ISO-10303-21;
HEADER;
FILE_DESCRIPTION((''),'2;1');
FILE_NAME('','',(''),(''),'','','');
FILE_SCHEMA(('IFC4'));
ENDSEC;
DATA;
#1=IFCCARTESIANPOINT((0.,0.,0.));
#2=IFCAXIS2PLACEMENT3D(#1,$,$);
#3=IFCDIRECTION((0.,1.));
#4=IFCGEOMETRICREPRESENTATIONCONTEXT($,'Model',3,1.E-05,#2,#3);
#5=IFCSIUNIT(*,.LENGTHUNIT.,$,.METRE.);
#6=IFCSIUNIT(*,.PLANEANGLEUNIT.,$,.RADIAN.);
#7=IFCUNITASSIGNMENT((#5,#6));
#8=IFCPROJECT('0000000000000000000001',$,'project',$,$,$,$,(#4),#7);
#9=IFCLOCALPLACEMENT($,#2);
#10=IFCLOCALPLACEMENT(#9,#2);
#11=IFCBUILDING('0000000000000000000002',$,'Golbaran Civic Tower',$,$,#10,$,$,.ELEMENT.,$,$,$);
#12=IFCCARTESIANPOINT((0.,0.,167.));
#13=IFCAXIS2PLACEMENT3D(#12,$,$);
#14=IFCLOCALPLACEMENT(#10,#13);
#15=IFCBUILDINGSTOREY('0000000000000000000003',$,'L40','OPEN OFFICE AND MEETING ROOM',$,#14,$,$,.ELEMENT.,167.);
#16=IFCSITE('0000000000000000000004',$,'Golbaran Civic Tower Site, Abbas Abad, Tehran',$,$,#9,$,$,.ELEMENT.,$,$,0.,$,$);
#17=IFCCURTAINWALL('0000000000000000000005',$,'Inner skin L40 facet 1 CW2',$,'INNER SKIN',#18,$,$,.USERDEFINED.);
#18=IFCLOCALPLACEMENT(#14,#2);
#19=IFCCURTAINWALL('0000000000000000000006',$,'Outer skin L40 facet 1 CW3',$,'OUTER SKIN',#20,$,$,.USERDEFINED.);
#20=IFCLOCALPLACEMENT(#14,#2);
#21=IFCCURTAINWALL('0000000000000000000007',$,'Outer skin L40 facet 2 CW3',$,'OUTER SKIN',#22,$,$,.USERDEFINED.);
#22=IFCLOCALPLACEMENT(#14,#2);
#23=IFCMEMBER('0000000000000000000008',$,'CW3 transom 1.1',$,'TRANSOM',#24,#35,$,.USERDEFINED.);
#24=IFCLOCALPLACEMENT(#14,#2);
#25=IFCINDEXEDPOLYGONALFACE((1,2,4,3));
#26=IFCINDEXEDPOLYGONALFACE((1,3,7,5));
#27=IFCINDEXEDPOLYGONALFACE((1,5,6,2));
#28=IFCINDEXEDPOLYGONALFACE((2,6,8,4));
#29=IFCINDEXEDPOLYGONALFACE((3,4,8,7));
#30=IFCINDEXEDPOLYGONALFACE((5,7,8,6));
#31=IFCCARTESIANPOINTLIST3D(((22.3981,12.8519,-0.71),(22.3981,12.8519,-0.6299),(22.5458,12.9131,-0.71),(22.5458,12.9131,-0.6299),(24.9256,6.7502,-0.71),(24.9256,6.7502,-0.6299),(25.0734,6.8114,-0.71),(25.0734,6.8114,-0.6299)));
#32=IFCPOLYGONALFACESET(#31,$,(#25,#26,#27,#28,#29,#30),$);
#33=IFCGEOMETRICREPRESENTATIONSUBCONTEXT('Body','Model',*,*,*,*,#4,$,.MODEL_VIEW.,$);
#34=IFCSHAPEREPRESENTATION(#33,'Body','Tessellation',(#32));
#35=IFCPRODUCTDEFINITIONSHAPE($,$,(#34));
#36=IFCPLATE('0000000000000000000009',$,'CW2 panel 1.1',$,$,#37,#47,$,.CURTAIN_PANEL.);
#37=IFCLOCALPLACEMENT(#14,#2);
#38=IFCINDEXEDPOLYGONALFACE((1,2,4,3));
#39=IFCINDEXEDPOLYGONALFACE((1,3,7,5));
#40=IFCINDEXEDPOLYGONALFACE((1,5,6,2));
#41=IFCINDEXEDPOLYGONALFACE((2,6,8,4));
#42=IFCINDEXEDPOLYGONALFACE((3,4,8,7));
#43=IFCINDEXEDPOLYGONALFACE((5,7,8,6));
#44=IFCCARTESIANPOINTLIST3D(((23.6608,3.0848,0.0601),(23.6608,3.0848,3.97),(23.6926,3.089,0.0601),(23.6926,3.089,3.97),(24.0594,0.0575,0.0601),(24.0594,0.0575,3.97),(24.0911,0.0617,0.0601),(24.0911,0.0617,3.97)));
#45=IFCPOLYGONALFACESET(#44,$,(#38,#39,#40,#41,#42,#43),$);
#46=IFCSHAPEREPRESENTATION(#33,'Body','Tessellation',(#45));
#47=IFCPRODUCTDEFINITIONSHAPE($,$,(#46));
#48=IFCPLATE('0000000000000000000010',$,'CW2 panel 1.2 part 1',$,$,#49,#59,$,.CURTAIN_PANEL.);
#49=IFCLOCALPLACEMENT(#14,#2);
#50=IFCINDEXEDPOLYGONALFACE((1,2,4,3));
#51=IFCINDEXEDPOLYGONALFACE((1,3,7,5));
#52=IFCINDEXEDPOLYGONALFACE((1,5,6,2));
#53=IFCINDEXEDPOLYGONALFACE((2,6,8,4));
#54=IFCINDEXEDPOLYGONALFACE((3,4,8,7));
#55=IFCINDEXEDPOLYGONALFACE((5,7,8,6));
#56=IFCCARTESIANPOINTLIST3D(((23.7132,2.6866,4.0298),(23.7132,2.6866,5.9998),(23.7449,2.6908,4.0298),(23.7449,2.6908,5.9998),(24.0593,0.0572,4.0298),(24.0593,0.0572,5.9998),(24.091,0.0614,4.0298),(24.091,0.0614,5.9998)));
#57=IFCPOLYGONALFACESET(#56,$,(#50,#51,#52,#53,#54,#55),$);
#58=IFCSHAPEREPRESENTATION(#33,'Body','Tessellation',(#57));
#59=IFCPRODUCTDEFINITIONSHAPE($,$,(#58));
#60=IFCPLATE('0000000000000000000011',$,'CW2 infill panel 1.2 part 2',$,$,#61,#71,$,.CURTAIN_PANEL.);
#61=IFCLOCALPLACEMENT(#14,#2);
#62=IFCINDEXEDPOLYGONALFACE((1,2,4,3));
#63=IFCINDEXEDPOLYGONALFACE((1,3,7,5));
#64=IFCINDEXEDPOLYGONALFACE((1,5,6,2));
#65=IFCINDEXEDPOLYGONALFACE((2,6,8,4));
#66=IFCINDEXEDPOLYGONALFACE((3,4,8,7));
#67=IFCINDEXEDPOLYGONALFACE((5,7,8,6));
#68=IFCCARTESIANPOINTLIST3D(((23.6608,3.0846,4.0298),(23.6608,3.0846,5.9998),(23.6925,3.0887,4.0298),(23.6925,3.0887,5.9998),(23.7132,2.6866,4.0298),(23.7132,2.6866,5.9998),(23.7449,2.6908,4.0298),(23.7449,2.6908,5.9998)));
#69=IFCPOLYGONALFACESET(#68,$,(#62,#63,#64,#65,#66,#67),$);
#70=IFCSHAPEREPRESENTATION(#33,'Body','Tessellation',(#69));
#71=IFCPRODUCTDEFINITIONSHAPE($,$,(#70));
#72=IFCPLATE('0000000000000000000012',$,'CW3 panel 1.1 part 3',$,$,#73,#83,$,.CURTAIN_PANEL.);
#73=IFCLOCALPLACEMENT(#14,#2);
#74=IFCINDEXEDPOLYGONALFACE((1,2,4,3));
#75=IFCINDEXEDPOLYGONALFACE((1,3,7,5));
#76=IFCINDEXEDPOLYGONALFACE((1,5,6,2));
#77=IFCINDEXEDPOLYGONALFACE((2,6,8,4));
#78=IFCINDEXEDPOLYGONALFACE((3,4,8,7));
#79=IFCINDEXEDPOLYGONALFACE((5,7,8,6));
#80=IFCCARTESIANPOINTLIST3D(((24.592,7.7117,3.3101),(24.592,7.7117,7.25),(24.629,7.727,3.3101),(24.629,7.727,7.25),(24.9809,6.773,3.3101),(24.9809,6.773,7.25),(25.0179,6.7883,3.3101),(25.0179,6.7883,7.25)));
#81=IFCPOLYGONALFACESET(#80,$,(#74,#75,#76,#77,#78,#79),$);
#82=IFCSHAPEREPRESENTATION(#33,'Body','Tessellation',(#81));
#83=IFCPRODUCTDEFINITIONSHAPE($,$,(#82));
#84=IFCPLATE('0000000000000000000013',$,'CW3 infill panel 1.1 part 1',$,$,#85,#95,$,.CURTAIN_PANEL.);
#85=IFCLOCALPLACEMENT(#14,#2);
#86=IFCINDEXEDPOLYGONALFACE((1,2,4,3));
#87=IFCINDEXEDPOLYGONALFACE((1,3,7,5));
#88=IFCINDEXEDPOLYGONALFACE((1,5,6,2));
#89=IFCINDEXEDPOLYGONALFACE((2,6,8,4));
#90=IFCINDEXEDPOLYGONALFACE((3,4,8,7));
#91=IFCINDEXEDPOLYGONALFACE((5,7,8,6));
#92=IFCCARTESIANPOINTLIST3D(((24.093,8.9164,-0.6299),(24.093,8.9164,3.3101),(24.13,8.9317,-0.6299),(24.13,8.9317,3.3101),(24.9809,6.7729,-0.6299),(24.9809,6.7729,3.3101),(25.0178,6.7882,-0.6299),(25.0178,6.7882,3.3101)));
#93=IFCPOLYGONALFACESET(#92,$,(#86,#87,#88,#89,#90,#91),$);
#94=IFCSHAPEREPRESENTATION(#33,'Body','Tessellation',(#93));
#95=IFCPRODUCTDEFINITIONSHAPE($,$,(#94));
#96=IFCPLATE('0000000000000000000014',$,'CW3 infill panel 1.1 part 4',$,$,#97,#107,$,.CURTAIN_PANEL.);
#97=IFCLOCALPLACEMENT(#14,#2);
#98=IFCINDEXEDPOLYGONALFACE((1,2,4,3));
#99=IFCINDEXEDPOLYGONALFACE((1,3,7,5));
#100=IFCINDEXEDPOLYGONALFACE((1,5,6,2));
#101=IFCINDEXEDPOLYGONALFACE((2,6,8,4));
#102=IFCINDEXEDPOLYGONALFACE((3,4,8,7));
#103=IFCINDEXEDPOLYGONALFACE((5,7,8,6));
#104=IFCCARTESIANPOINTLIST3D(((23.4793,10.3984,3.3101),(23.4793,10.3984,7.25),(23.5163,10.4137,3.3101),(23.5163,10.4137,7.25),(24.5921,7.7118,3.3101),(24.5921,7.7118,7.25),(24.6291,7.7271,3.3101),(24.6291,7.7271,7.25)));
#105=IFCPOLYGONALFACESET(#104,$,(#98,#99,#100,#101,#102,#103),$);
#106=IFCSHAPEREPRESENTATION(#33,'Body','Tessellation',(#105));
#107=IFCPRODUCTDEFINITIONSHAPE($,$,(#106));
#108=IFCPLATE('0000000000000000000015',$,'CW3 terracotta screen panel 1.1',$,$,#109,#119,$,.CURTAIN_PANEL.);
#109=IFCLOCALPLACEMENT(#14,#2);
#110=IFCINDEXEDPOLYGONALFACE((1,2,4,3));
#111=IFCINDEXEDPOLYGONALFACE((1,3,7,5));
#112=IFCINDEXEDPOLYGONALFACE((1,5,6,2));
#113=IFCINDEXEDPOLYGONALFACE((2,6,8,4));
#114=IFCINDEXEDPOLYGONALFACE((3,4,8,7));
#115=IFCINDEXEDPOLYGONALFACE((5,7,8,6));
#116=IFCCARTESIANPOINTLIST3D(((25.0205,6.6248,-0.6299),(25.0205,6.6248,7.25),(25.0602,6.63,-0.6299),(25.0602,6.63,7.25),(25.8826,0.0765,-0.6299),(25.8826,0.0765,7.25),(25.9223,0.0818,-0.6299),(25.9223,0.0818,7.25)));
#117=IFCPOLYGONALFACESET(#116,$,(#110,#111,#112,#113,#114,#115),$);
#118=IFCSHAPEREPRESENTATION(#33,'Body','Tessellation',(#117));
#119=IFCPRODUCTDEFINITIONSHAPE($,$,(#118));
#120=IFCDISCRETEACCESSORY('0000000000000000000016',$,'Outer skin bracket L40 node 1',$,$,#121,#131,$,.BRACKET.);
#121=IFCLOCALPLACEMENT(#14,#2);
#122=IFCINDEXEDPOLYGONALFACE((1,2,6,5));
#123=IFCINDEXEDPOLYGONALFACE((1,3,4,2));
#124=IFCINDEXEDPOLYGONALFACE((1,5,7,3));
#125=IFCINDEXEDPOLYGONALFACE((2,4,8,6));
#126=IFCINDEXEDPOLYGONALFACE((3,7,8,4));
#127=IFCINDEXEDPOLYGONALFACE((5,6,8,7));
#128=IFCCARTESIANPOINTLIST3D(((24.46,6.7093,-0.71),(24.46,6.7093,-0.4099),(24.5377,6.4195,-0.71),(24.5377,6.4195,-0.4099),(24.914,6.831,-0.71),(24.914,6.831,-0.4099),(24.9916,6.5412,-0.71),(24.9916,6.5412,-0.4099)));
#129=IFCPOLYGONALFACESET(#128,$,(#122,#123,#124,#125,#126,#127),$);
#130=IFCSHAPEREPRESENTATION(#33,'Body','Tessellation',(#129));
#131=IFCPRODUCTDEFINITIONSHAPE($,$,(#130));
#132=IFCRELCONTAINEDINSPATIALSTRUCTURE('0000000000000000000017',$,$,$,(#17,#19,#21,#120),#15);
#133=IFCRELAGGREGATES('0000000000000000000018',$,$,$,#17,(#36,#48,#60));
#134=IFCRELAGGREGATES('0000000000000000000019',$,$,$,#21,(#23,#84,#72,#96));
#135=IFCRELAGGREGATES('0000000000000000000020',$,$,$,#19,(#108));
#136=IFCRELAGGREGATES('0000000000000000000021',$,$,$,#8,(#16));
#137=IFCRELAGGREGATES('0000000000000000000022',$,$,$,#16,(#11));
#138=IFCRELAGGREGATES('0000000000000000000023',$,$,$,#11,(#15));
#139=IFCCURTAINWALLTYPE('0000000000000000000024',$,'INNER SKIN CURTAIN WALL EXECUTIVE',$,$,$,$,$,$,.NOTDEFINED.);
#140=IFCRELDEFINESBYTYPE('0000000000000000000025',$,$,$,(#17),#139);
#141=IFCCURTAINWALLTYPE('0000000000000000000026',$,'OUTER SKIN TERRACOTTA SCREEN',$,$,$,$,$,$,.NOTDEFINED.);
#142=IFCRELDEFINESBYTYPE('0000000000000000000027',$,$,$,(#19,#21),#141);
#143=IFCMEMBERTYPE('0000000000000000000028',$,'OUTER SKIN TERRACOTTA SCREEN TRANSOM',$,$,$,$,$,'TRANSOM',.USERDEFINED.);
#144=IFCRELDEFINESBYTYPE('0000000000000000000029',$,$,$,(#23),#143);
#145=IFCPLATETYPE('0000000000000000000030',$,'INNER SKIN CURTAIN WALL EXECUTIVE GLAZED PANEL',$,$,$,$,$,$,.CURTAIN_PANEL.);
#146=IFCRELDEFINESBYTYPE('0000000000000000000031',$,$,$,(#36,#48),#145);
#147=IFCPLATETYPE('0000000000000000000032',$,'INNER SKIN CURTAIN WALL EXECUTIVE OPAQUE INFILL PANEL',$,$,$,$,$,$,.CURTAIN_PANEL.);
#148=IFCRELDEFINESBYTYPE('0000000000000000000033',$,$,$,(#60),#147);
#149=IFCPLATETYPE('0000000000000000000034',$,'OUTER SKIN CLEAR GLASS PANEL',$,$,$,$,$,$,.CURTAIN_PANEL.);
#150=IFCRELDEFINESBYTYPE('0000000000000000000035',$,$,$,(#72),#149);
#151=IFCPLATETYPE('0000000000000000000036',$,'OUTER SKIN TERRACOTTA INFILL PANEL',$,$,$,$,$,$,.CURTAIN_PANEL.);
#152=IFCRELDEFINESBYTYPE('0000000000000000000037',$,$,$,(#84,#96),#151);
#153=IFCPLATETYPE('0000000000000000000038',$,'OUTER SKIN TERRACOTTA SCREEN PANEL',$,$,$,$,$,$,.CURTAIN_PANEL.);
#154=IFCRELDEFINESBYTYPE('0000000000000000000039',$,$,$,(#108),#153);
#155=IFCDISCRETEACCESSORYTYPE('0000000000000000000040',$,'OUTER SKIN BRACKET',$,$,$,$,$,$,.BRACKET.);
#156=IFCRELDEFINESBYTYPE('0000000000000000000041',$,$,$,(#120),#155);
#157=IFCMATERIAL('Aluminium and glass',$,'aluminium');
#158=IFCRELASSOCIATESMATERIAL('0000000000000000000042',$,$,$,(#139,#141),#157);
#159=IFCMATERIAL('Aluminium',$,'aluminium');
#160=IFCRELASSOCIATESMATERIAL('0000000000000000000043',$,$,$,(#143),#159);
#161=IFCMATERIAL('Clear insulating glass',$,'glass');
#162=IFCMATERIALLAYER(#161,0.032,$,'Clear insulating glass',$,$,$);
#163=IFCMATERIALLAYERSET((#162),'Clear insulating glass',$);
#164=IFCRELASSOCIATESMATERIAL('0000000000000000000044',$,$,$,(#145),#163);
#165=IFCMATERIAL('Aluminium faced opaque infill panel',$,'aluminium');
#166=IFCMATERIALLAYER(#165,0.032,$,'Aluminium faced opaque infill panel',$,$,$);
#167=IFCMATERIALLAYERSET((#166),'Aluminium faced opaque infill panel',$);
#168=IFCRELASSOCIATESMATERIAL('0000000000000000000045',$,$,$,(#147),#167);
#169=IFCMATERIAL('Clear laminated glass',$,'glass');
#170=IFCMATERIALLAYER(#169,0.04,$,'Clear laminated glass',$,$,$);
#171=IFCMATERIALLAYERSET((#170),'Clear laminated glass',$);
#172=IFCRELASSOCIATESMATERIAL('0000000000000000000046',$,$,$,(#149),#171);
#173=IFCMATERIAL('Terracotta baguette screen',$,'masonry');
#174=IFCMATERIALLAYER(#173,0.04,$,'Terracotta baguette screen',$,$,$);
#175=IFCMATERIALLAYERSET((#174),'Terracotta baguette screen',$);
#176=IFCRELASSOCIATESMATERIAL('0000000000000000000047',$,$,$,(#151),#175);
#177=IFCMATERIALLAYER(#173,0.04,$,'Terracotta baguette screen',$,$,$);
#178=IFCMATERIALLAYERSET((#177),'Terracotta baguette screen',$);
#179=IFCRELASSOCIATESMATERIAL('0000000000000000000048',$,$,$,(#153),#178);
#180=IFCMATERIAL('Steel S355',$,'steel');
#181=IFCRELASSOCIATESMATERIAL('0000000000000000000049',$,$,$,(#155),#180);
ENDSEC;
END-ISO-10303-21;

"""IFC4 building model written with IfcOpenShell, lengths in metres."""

from ifc_helpers import new_model, si_unit, direction, frame, origin, origin_2d, place, context, subcontext, project, spatial, rectangle, extrude, material, layer, layer_set, material_profile, profile_set, type_object, element, aggregate, save


model = new_model("IFC4")

# Units and contexts
model_context = context("Model", 3, precision=1e-05, world=origin(), true_north=direction((0.0, 1.0)))
body_context = subcontext(model_context, "Body", "Model", "MODEL_VIEW")
ifc_project = project(units=[si_unit("LENGTHUNIT", "METRE"), si_unit("PLANEANGLEUNIT", "RADIAN")], contexts=[model_context])

# Site, building, storey
site_placement = place(None, origin())
site = spatial("IfcSite", under=ifc_project, at=site_placement, Name="Golbaran Civic Tower Site, Abbas Abad, Tehran", CompositionType="ELEMENT", RefElevation=0.0)
building_placement = place(site_placement, origin())
building = spatial("IfcBuilding", under=site, at=building_placement, Name="Golbaran Civic Tower", CompositionType="ELEMENT")
storey_placement = place(building_placement, frame((0.0, 0.0, 167.0)))
storey = spatial("IfcBuildingStorey", under=building, at=storey_placement, Name="L40", Description="OPEN OFFICE AND MEETING ROOM", CompositionType="ELEMENT", Elevation=167.0)

# Shared definitions
ifc_material_1 = material(Name="Steel S355", Category="steel")

# Curtain walls
ifc_material_2 = material(Name="Aluminium and glass", Category="aluminium")
curtain_wall_type_1 = type_object("IfcCurtainWallType", Name="INNER SKIN CURTAIN WALL EXECUTIVE", PredefinedType="NOTDEFINED", material=ifc_material_2)
curtain_wall_1_placement = place(storey_placement, origin())
curtain_wall_1 = element("IfcCurtainWall", 1, at=curtain_wall_1_placement, inside=storey, type_object=curtain_wall_type_1, Name="Inner skin L40 facet 1 CW2", ObjectType="INNER SKIN", PredefinedType="USERDEFINED")
ifc_material_3 = material(Name="Aluminium", Category="aluminium")
curtain_wall_type_2 = type_object("IfcCurtainWallType", Name="OUTER SKIN TERRACOTTA SCREEN", PredefinedType="NOTDEFINED", material=ifc_material_2)
curtain_wall_2_placement = place(storey_placement, origin())
curtain_wall_2 = element("IfcCurtainWall", 2, at=curtain_wall_2_placement, inside=storey, type_object=curtain_wall_type_2, Name="Outer skin L40 facet 1 CW3", ObjectType="OUTER SKIN", PredefinedType="USERDEFINED")

# Curtain wall
curtain_wall_3_placement = place(storey_placement, origin())
curtain_wall_3 = element("IfcCurtainWall", 3, at=curtain_wall_3_placement, inside=storey, type_object=curtain_wall_type_2, Name="Outer skin L40 facet 2 CW3", ObjectType="OUTER SKIN", PredefinedType="USERDEFINED")

# Member
ifc_material_profile_1 = material_profile(ifc_material_3, rectangle(XDim=0.1599, YDim=0.0801, at=origin_2d()), Name="OUTER SKIN TERRACOTTA SCREEN TRANSOM")
ifc_profile_set_1 = profile_set([ifc_material_profile_1], Name="Aluminium")
member_type_1 = type_object("IfcMemberType", Name="OUTER SKIN TERRACOTTA SCREEN TRANSOM", ElementType="TRANSOM", PredefinedType="USERDEFINED", material=ifc_profile_set_1)
member_1_placement = place(storey_placement, frame((24.9995, 6.7808, -0.6699), z_axis=(-0.382701, 0.923872, 0.0), x_axis=(-0.923872, -0.382701, 0.0)))
member_1 = element("IfcMember", 4, at=member_1_placement, type_object=member_type_1, Name="CW3 transom 1.1", ObjectType="TRANSOM", PredefinedType="USERDEFINED", context=body_context, shape_type="SweptSolid", body=[
    extrude(rectangle(XDim=0.1599, YDim=0.0801, at=origin_2d()), origin(), (0.0, 0.0, 1.0), 6.6045),
])

# Plates
ifc_material_4 = material(Name="Clear insulating glass", Category="glass")
ifc_layer_1 = layer(ifc_material_4, 0.032, Name="Clear insulating glass")
ifc_layer_set_1 = layer_set([ifc_layer_1], Name="Clear insulating glass")
plate_type_1 = type_object("IfcPlateType", Name="INNER SKIN CURTAIN WALL EXECUTIVE GLAZED PANEL", PredefinedType="CURTAIN_PANEL", material=ifc_layer_set_1)
plate_1_placement = place(storey_placement, frame((23.876, 1.5732, 0.0601), z_axis=(0.0, 0.0, 1.0), x_axis=(-0.130526, 0.991445, 0.0)))
plate_1 = element("IfcPlate", 5, at=plate_1_placement, type_object=plate_type_1, Name="CW2 panel 1.1", PredefinedType="CURTAIN_PANEL", context=body_context, shape_type="SweptSolid", body=[
    extrude(rectangle(XDim=3.0535, YDim=0.032, at=origin_2d()), origin(), (0.0, 0.0, 1.0), 3.9099),
])
plate_2_placement = place(storey_placement, frame((23.9021, 1.374, 4.0298), z_axis=(0.0, 0.0, 1.0), x_axis=(-0.130526, 0.991445, 0.0)))
plate_2 = element("IfcPlate", 6, at=plate_2_placement, type_object=plate_type_1, Name="CW2 panel 1.2 part 1", PredefinedType="CURTAIN_PANEL", context=body_context, shape_type="SweptSolid", body=[
    extrude(rectangle(XDim=2.6521, YDim=0.032, at=origin_2d()), origin(), (0.0, 0.0, 1.0), 1.97),
])
ifc_material_5 = material(Name="Aluminium faced opaque infill panel", Category="aluminium")
ifc_layer_2 = layer(ifc_material_5, 0.032, Name="Aluminium faced opaque infill panel")
ifc_layer_set_2 = layer_set([ifc_layer_2], Name="Aluminium faced opaque infill panel")
plate_type_2 = type_object("IfcPlateType", Name="INNER SKIN CURTAIN WALL EXECUTIVE OPAQUE INFILL PANEL", PredefinedType="CURTAIN_PANEL", material=ifc_layer_set_2)
plate_3_placement = place(storey_placement, frame((23.7029, 2.8877, 4.0298), z_axis=(0.0, 0.0, 1.0), x_axis=(-0.130526, 0.991445, 0.0)))
plate_3 = element("IfcPlate", 7, at=plate_3_placement, type_object=plate_type_2, Name="CW2 infill panel 1.2 part 2", PredefinedType="CURTAIN_PANEL", context=body_context, shape_type="SweptSolid", body=[
    extrude(rectangle(XDim=0.4014, YDim=0.032, at=origin_2d()), origin(), (0.0, 0.0, 1.0), 1.97),
])
aggregate(curtain_wall_1, [plate_1, plate_2, plate_3])
ifc_material_6 = material(Name="Clear laminated glass", Category="glass")
ifc_layer_3 = layer(ifc_material_6, 0.04, Name="Clear laminated glass")
ifc_layer_set_3 = layer_set([ifc_layer_3], Name="Clear laminated glass")
plate_type_3 = type_object("IfcPlateType", Name="OUTER SKIN CLEAR GLASS PANEL", PredefinedType="CURTAIN_PANEL", material=ifc_layer_set_3)
plate_4_placement = place(storey_placement, frame((24.8049, 7.25, 3.3101), z_axis=(0.0, 0.0, 1.0), x_axis=(-0.382683, 0.92388, 0.0)))
plate_4 = element("IfcPlate", 8, at=plate_4_placement, type_object=plate_type_3, Name="CW3 panel 1.1 part 3", PredefinedType="CURTAIN_PANEL", context=body_context, shape_type="SweptSolid", body=[
    extrude(rectangle(XDim=1.0161, YDim=0.04, at=origin_2d()), origin(), (0.0, 0.0, 1.0), 3.9399),
])
ifc_material_7 = material(Name="Terracotta baguette screen", Category="masonry")
ifc_layer_4 = layer(ifc_material_7, 0.04, Name="Terracotta baguette screen")
ifc_layer_set_4 = layer_set([ifc_layer_4], Name="Terracotta baguette screen")
plate_type_4 = type_object("IfcPlateType", Name="OUTER SKIN TERRACOTTA INFILL PANEL", PredefinedType="CURTAIN_PANEL", material=ifc_layer_set_4)
plate_5_placement = place(storey_placement, frame((24.5554, 7.8523, -0.6299), z_axis=(0.0, 0.0, 1.0), x_axis=(-0.382683, 0.92388, 0.0)))
plate_5 = element("IfcPlate", 9, at=plate_5_placement, type_object=plate_type_4, Name="CW3 infill panel 1.1 part 1", PredefinedType="CURTAIN_PANEL", context=body_context, shape_type="SweptSolid", body=[
    extrude(rectangle(XDim=2.3201, YDim=0.04, at=origin_2d()), origin(), (0.0, 0.0, 1.0), 3.9399),
])
plate_6_placement = place(storey_placement, frame((24.0542, 9.0627, 3.3101), z_axis=(0.0, 0.0, 1.0), x_axis=(-0.382683, 0.92388, 0.0)))
plate_6 = element("IfcPlate", 10, at=plate_6_placement, type_object=plate_type_4, Name="CW3 infill panel 1.1 part 4", PredefinedType="CURTAIN_PANEL", context=body_context, shape_type="SweptSolid", body=[
    extrude(rectangle(XDim=2.908, YDim=0.04, at=origin_2d()), origin(), (0.0, 0.0, 1.0), 3.9399),
])
aggregate(curtain_wall_3, [member_1, plate_5, plate_4, plate_6])
ifc_layer_5 = layer(ifc_material_7, 0.04, Name="Terracotta baguette screen")
ifc_layer_set_5 = layer_set([ifc_layer_5], Name="Terracotta baguette screen")
plate_type_5 = type_object("IfcPlateType", Name="OUTER SKIN TERRACOTTA SCREEN PANEL", PredefinedType="CURTAIN_PANEL", material=ifc_layer_set_5)
plate_7_placement = place(storey_placement, frame((25.4714, 3.3533, -0.6299), z_axis=(0.0, 0.0, 1.0), x_axis=(-0.130526, 0.991445, 0.0)))
plate_7 = element("IfcPlate", 11, at=plate_7_placement, type_object=plate_type_5, Name="CW3 terracotta screen panel 1.1", PredefinedType="CURTAIN_PANEL", context=body_context, shape_type="SweptSolid", body=[
    extrude(rectangle(XDim=6.6047, YDim=0.04, at=origin_2d()), origin(), (0.0, 0.0, 1.0), 7.8799),
])
aggregate(curtain_wall_2, [plate_7])

# Discrete accessory
discrete_accessory_type = type_object("IfcDiscreteAccessoryType", Name="OUTER SKIN BRACKET", PredefinedType="BRACKET", material=ifc_material_1)
discrete_accessory_placement = place(storey_placement, frame((24.7258, 6.6252, -0.71), z_axis=(0.0, 0.0, 1.0), x_axis=(0.965926, 0.258819, 0.0)))
element("IfcDiscreteAccessory", 12, at=discrete_accessory_placement, inside=storey, type_object=discrete_accessory_type, Name="Outer skin bracket L40 node 1", PredefinedType="BRACKET", context=body_context, shape_type="SweptSolid", body=[
    extrude(rectangle(XDim=0.47, YDim=0.3, at=origin_2d()), origin(), (0.0, 0.0, 1.0), 0.3),
])

save(model, "model.ifc")
